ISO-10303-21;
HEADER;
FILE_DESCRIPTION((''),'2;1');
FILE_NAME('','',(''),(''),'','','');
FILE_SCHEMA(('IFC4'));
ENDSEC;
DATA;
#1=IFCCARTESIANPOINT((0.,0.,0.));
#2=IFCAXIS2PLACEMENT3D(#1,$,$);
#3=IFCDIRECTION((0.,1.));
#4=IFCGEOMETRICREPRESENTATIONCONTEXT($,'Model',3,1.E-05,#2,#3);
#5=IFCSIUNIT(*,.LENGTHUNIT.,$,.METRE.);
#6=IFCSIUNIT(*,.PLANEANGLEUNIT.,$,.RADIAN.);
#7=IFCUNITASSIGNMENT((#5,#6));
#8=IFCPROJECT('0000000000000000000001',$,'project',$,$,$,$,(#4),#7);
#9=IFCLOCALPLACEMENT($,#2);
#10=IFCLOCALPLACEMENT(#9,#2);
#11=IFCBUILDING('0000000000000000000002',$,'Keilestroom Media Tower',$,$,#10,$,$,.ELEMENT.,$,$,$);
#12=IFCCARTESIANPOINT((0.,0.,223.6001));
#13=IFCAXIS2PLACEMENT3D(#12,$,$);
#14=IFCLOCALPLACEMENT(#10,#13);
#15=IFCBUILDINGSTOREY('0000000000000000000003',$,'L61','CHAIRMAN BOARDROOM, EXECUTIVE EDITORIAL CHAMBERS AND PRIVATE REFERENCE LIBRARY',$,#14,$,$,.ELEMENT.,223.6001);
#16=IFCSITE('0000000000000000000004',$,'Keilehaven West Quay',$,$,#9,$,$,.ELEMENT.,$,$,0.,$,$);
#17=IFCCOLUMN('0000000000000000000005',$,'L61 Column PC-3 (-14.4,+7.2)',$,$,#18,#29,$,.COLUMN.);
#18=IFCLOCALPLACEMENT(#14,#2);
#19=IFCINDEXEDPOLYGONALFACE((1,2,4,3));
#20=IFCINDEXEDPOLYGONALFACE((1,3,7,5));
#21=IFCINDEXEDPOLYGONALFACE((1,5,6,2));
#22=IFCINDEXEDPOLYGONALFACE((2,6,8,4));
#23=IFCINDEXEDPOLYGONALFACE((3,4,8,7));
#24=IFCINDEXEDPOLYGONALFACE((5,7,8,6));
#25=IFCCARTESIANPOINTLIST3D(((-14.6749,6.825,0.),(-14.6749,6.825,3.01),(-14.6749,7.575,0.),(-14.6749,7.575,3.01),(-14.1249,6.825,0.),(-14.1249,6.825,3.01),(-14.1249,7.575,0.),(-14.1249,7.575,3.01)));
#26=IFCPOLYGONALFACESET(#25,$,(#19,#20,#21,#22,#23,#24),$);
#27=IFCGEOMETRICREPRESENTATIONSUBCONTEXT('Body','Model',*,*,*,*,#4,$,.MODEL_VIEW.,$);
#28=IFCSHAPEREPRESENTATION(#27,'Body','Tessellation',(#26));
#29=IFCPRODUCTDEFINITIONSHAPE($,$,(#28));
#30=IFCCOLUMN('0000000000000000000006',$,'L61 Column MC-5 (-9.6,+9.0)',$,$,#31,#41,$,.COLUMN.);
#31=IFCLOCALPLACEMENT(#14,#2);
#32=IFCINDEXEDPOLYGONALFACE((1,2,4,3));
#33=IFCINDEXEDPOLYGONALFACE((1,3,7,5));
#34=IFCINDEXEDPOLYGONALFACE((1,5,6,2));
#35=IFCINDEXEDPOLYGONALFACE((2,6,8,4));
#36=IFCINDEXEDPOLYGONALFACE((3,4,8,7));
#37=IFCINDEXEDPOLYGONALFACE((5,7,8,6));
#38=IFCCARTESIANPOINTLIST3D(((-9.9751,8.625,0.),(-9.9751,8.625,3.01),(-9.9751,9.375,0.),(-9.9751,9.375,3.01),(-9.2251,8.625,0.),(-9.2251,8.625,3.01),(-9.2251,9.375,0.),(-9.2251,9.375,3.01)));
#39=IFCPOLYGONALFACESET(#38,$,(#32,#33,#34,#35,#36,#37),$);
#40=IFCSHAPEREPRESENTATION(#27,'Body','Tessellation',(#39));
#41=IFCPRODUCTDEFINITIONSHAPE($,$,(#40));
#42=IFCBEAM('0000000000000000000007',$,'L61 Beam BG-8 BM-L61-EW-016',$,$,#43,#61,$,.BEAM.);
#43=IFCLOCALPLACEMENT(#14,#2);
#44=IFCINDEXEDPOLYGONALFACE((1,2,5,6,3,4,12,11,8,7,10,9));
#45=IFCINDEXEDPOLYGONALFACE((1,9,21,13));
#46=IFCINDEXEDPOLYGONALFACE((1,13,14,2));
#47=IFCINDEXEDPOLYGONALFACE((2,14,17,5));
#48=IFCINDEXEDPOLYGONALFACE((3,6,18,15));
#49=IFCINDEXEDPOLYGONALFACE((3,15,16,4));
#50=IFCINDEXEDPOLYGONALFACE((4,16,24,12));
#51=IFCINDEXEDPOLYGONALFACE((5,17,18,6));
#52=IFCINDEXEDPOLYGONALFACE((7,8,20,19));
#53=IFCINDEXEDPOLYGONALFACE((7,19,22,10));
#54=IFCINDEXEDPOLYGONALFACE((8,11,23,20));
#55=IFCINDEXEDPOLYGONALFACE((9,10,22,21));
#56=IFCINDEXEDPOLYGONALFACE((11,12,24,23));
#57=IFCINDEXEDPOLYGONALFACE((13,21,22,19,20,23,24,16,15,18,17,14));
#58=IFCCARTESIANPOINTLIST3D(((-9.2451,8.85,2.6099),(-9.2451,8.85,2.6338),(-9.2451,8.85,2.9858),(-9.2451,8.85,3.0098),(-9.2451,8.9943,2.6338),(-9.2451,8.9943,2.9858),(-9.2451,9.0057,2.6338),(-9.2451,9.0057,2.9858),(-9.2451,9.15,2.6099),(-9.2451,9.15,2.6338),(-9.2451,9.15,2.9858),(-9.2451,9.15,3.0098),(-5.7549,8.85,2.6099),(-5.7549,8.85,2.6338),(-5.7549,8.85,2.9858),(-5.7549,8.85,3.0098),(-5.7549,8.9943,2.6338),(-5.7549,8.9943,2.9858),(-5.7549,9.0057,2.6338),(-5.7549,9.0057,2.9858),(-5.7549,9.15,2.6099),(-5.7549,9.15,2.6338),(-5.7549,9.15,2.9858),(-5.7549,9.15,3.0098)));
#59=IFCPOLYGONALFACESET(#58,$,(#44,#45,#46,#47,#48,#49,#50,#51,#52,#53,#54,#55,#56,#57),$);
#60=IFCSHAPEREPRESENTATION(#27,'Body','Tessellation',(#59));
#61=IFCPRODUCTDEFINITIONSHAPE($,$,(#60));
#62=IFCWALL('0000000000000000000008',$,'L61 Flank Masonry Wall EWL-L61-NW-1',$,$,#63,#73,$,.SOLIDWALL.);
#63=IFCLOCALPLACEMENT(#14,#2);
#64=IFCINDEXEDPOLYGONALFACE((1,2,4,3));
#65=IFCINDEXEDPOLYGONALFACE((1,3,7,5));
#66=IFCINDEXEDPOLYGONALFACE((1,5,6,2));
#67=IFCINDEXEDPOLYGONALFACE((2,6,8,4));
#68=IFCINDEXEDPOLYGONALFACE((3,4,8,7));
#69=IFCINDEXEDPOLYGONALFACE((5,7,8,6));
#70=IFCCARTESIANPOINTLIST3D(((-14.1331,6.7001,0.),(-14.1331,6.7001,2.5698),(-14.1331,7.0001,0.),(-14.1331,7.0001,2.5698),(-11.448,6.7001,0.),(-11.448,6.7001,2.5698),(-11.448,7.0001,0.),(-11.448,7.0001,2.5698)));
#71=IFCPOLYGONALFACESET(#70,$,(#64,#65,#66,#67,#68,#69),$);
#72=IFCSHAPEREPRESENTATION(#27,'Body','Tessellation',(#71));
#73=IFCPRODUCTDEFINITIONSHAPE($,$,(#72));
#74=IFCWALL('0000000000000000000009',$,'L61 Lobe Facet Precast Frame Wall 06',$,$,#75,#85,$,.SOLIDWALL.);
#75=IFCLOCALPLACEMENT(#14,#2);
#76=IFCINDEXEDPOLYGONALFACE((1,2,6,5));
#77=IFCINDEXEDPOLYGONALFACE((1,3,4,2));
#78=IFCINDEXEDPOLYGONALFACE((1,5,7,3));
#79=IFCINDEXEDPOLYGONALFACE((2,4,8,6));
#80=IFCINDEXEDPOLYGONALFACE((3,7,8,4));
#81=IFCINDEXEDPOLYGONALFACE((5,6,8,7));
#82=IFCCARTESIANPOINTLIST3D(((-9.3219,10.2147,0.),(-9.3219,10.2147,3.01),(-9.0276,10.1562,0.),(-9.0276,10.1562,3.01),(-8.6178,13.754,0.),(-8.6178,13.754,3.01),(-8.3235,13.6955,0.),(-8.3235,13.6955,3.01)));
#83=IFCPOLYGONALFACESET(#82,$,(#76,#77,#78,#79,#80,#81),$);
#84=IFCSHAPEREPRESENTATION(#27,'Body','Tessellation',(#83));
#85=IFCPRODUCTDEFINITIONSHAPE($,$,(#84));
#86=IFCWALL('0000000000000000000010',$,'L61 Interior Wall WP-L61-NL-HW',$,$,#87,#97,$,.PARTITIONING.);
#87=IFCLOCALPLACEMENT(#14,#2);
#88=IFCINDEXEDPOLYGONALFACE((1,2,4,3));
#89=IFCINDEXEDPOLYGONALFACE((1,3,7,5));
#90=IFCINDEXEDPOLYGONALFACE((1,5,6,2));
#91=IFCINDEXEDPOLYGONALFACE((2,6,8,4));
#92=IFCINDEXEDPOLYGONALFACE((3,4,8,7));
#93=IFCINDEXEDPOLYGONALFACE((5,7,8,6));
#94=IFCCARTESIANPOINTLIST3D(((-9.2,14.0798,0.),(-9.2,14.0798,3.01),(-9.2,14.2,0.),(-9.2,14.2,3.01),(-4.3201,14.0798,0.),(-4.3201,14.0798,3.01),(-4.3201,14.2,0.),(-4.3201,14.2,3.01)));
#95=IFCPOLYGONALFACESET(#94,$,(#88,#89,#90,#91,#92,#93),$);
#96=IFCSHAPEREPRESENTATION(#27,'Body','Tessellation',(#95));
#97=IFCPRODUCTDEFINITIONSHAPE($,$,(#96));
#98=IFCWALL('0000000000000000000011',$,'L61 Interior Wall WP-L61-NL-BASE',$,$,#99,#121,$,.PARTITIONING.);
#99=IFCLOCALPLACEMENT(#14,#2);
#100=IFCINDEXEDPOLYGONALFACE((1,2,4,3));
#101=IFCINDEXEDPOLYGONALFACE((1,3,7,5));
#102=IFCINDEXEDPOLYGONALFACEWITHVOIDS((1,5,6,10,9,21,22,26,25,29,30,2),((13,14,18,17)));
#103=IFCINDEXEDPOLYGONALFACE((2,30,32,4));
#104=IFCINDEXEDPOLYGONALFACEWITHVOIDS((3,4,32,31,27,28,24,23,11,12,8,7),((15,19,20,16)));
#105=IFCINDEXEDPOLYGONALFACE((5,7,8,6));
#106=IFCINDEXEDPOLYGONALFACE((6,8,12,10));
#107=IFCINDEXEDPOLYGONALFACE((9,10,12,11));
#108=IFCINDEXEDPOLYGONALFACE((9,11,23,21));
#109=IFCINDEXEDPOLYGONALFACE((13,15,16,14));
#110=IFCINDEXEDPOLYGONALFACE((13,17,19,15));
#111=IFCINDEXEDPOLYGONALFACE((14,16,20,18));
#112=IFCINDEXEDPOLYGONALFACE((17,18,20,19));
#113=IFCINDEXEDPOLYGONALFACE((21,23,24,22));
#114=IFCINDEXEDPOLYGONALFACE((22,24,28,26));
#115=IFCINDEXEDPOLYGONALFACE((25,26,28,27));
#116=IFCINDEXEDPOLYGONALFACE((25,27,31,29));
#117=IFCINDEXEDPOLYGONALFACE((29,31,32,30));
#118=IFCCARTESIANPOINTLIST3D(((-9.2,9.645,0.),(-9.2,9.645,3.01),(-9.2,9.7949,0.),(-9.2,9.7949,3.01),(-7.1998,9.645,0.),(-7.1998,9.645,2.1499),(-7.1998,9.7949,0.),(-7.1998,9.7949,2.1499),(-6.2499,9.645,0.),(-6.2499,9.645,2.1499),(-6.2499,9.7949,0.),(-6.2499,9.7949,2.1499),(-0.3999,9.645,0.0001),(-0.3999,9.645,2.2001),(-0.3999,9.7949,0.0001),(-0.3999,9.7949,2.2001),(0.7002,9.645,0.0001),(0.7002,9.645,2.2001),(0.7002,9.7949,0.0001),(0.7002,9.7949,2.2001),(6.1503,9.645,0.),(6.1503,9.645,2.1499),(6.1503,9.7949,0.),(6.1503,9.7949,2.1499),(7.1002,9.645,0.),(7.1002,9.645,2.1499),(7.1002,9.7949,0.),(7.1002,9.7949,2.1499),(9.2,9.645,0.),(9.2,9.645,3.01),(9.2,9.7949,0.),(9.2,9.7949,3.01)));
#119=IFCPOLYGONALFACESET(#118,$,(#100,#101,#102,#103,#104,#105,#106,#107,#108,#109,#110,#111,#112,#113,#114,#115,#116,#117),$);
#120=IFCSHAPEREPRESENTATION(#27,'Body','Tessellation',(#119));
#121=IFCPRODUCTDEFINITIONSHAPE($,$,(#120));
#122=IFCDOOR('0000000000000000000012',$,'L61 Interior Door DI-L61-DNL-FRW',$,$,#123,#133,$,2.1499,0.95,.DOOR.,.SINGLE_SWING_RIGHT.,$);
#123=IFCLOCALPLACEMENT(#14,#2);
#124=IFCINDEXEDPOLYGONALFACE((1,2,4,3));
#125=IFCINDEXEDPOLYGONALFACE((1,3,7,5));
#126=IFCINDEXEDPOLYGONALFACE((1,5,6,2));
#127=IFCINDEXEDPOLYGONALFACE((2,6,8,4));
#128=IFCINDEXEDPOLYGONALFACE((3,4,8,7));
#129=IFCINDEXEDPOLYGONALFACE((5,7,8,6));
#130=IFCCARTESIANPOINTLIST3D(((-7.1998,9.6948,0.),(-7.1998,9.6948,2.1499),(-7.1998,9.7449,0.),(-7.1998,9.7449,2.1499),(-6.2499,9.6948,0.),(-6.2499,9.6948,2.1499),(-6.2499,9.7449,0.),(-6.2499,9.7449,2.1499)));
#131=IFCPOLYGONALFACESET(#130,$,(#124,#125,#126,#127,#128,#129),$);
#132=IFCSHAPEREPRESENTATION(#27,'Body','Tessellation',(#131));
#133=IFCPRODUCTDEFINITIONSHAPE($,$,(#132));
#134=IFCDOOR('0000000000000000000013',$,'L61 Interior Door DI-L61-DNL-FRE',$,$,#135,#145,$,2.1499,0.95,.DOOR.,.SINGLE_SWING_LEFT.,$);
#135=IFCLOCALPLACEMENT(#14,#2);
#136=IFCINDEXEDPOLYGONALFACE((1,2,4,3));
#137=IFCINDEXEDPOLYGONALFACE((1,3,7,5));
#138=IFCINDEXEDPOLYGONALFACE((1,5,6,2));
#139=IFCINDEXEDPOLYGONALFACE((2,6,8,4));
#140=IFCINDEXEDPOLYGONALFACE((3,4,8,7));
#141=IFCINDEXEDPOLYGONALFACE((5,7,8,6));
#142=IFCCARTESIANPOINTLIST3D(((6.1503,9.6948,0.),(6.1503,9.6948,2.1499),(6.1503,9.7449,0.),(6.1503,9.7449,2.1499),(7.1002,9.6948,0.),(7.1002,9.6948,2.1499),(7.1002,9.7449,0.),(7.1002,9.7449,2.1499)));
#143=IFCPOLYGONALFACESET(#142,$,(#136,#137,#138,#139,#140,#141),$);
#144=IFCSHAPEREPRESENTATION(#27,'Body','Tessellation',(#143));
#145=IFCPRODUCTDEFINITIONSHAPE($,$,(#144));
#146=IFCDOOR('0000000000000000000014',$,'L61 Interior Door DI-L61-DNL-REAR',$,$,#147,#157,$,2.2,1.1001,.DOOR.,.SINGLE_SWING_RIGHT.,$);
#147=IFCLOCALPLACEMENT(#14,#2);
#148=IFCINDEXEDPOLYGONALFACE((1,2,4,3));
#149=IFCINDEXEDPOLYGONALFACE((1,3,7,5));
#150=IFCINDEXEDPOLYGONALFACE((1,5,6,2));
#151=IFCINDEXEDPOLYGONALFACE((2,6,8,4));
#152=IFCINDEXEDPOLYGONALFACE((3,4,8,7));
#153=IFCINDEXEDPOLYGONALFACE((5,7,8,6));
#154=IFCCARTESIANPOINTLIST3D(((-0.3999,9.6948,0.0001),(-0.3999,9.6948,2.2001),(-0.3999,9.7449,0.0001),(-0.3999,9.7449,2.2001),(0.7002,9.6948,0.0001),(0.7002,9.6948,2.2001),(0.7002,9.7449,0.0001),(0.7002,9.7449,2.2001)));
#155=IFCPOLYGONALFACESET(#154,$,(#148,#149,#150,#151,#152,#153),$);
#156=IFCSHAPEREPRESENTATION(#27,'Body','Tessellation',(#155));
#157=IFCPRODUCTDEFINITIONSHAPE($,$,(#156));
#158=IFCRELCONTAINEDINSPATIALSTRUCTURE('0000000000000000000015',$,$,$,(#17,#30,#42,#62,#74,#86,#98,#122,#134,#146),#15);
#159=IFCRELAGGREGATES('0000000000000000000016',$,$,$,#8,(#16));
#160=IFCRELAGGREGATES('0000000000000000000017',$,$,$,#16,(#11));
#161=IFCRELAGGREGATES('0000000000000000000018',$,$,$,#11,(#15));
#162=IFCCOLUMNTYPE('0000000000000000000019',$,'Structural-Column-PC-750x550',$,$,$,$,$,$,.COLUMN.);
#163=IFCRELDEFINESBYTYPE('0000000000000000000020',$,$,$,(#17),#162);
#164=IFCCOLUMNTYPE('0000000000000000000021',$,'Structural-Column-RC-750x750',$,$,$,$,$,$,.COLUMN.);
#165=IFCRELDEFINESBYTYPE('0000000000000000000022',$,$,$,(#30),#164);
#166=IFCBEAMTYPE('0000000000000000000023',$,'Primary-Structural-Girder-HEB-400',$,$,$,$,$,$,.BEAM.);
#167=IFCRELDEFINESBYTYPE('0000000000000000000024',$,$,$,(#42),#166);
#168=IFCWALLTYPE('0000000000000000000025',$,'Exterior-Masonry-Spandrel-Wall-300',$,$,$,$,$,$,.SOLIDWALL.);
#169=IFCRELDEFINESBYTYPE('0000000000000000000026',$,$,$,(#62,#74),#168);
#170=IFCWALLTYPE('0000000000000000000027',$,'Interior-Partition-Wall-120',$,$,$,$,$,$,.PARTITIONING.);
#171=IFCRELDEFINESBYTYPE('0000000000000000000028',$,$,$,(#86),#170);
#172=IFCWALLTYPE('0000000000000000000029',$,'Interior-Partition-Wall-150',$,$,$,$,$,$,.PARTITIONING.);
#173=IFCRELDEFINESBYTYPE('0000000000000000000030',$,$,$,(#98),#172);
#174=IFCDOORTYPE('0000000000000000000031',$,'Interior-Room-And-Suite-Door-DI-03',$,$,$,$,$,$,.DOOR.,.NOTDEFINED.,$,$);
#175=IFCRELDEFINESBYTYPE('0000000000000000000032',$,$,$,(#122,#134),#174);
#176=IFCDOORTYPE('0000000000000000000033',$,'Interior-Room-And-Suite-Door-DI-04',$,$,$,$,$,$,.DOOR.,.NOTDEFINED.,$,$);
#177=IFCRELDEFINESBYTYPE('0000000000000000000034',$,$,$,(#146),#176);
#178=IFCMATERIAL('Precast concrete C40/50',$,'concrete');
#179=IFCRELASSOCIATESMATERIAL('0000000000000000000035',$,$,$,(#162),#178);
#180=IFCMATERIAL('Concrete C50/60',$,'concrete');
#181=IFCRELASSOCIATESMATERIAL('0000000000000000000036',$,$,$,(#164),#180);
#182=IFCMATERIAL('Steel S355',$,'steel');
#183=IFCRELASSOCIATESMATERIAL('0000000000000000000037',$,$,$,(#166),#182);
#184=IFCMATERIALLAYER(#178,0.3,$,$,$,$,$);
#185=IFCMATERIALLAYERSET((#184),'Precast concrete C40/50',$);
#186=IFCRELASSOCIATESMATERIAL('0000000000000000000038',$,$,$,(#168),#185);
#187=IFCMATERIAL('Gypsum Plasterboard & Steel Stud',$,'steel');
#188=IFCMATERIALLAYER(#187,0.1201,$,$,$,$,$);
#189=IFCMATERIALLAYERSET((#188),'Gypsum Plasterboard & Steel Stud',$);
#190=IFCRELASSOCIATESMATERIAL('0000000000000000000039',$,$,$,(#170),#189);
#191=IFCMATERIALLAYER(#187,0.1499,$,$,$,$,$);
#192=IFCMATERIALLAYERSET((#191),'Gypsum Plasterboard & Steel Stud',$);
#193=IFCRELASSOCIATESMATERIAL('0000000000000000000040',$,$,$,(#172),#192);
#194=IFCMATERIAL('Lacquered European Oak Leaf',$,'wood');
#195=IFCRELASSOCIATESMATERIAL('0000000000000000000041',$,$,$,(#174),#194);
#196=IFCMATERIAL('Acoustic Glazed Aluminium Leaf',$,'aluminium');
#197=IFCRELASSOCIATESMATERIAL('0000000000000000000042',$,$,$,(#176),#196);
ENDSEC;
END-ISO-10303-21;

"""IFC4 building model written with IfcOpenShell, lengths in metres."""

from ifc_helpers import new_model, si_unit, direction, frame, frame_2d, origin, origin_2d, place, context, subcontext, project, spatial, rectangle, i_section, extrude, source, transform, mapped, material, layer, layer_set, material_profile, profile_set, type_object, element, fill, save


model = new_model("IFC4")

# Units and contexts
model_context = context("Model", 3, precision=1e-05, world=origin(), true_north=direction((0.0, 1.0)))
body_context = subcontext(model_context, "Body", "Model", "MODEL_VIEW")
ifc_project = project(units=[si_unit("LENGTHUNIT", "METRE"), si_unit("PLANEANGLEUNIT", "RADIAN")], contexts=[model_context])

# Site, building, storey
site_placement = place(None, origin())
site = spatial("IfcSite", under=ifc_project, at=site_placement, Name="Keilehaven West Quay", CompositionType="ELEMENT", RefElevation=0.0)
building_placement = place(site_placement, origin())
building = spatial("IfcBuilding", under=site, at=building_placement, Name="Keilestroom Media Tower", CompositionType="ELEMENT")
storey_placement = place(building_placement, frame((0.0, 0.0, 223.6001)))
storey = spatial("IfcBuildingStorey", under=building, at=storey_placement, Name="L61", Description="CHAIRMAN BOARDROOM, EXECUTIVE EDITORIAL CHAMBERS AND PRIVATE REFERENCE LIBRARY", CompositionType="ELEMENT", Elevation=223.6001)

# Columns
ifc_material_1 = material(Name="Precast concrete C40/50", Category="concrete")
ifc_material_profile_1 = material_profile(ifc_material_1, rectangle(XDim=0.55, YDim=0.75, at=origin_2d()), Name="PC 750x550")
ifc_profile_set_1 = profile_set([ifc_material_profile_1], Name="Precast concrete C40/50")
column_type_1 = type_object("IfcColumnType", Name="Structural-Column-PC-750x550", PredefinedType="COLUMN", material=ifc_profile_set_1)
shared_shape_1 = source(origin(), body_context, "Body", "SweptSolid", [
    extrude(rectangle(XDim=0.55, YDim=0.75, at=origin_2d()), origin(), (0.0, 0.0, 1.0), 3.01),
])
column_1_placement = place(storey_placement, frame((-14.3999, 7.2, 0.0), z_axis=(0.0, 0.0, 1.0), x_axis=(1.0, 0.0, 0.0)))
element("IfcColumn", 1, at=column_1_placement, inside=storey, type_object=column_type_1, Name="L61 Column PC-3 (-14.4,+7.2)", PredefinedType="COLUMN", context=body_context, shape_type="MappedRepresentation", body=[
    mapped(shared_shape_1, transform((0.0, 0.0, 0.0), x_axis=(1.0, 0.0, 0.0), y_axis=(0.0, 1.0, 0.0), z_axis=(0.0, 0.0, 1.0), scale=1.0)),
])
ifc_material_2 = material(Name="Concrete C50/60", Category="concrete")
ifc_material_profile_2 = material_profile(ifc_material_2, rectangle(XDim=0.75, YDim=0.75, at=origin_2d()), Name="RC 750x750")
ifc_profile_set_2 = profile_set([ifc_material_profile_2], Name="Concrete C50/60")
column_type_2 = type_object("IfcColumnType", Name="Structural-Column-RC-750x750", PredefinedType="COLUMN", material=ifc_profile_set_2)
shared_shape_2 = source(origin(), body_context, "Body", "SweptSolid", [
    extrude(rectangle(XDim=0.75, YDim=0.75, at=origin_2d()), origin(), (0.0, 0.0, 1.0), 3.01),
])
column_2_placement = place(storey_placement, frame((-9.6001, 9.0, 0.0), z_axis=(0.0, 0.0, 1.0), x_axis=(1.0, 0.0, 0.0)))
element("IfcColumn", 2, at=column_2_placement, inside=storey, type_object=column_type_2, Name="L61 Column MC-5 (-9.6,+9.0)", PredefinedType="COLUMN", context=body_context, shape_type="MappedRepresentation", body=[
    mapped(shared_shape_2, transform((0.0, 0.0, 0.0), x_axis=(1.0, 0.0, 0.0), y_axis=(0.0, 1.0, 0.0), z_axis=(0.0, 0.0, 1.0), scale=1.0)),
])

# Beam
ifc_material_3 = material(Name="Steel S355", Category="steel")
ifc_material_profile_3 = material_profile(ifc_material_3, i_section(OverallWidth=0.3, OverallDepth=0.3999, WebThickness=0.0115, FlangeThickness=0.0239, at=origin_2d()), Name="HEB 400")
ifc_profile_set_3 = profile_set([ifc_material_profile_3], Name="Steel S355")
beam_type = type_object("IfcBeamType", Name="Primary-Structural-Girder-HEB-400", PredefinedType="BEAM", material=ifc_profile_set_3)
shared_shape_3 = source(origin(), body_context, "Body", "SweptSolid", [
    extrude(i_section(OverallWidth=0.3, OverallDepth=0.3999, WebThickness=0.0115, FlangeThickness=0.0239, at=origin_2d()), origin(), (0.0, 0.0, 1.0), 3.4902),
])
beam_placement = place(storey_placement, frame((-9.2451, 9.0, 2.8098), z_axis=(1.0, 0.0, 0.0), x_axis=(0.0, 1.0, 0.0)))
element("IfcBeam", 3, at=beam_placement, inside=storey, type_object=beam_type, Name="L61 Beam BG-8 BM-L61-EW-016", PredefinedType="BEAM", context=body_context, shape_type="MappedRepresentation", body=[
    mapped(shared_shape_3, transform((0.0, 0.0, 0.0), x_axis=(1.0, 0.0, 0.0), y_axis=(0.0, 1.0, 0.0), z_axis=(0.0, 0.0, 1.0), scale=1.0)),
])

# Walls
ifc_layer_1 = layer(ifc_material_1, 0.3)
ifc_layer_set_1 = layer_set([ifc_layer_1], Name="Precast concrete C40/50")
wall_type_1 = type_object("IfcWallType", Name="Exterior-Masonry-Spandrel-Wall-300", PredefinedType="SOLIDWALL", material=ifc_layer_set_1)
wall_1_placement = place(storey_placement, frame((-14.1331, 6.8501, 0.0), z_axis=(0.0, 0.0, 1.0), x_axis=(1.0, 0.0, 0.0)))
element("IfcWall", 4, at=wall_1_placement, inside=storey, type_object=wall_type_1, Name="L61 Flank Masonry Wall EWL-L61-NW-1", PredefinedType="SOLIDWALL", context=body_context, shape_type="SweptSolid", body=[
    extrude(rectangle(XDim=2.6851, YDim=0.3, at=frame_2d((1.3425, 0.0))), origin(), (0.0, 0.0, 1.0), 2.5698),
])
wall_2_placement = place(storey_placement, frame((-8.4707, 13.7246, 0.0), z_axis=(0.0, 0.0, 1.0), x_axis=(-0.195114, -0.980781, 0.0)))
element("IfcWall", 5, at=wall_2_placement, inside=storey, type_object=wall_type_1, Name="L61 Lobe Facet Precast Frame Wall 06", PredefinedType="SOLIDWALL", context=body_context, shape_type="SweptSolid", body=[
    extrude(rectangle(XDim=3.6086, YDim=0.3, at=frame_2d((1.8042, 0.0))), origin(), (0.0, 0.0, 1.0), 3.01),
])
ifc_material_4 = material(Name="Gypsum Plasterboard & Steel Stud", Category="steel")
ifc_layer_2 = layer(ifc_material_4, 0.1201)
ifc_layer_set_2 = layer_set([ifc_layer_2], Name="Gypsum Plasterboard & Steel Stud")
wall_type_2 = type_object("IfcWallType", Name="Interior-Partition-Wall-120", PredefinedType="PARTITIONING", material=ifc_layer_set_2)
wall_3_placement = place(storey_placement, frame((-9.2, 14.1399, 0.0), z_axis=(0.0, 0.0, 1.0), x_axis=(1.0, 0.0, 0.0)))
element("IfcWall", 6, at=wall_3_placement, inside=storey, type_object=wall_type_2, Name="L61 Interior Wall WP-L61-NL-HW", PredefinedType="PARTITIONING", context=body_context, shape_type="SweptSolid", body=[
    extrude(rectangle(XDim=4.8799, YDim=0.1201, at=frame_2d((2.4399, 0.0))), origin(), (0.0, 0.0, 1.0), 3.01),
])

# Wall, openings, doors
ifc_layer_3 = layer(ifc_material_4, 0.1499)
ifc_layer_set_3 = layer_set([ifc_layer_3], Name="Gypsum Plasterboard & Steel Stud")
wall_type_3 = type_object("IfcWallType", Name="Interior-Partition-Wall-150", PredefinedType="PARTITIONING", material=ifc_layer_set_3)
wall_4_placement = place(storey_placement, frame((-9.2, 9.72, 0.0), z_axis=(0.0, 0.0, 1.0), x_axis=(1.0, 0.0, 0.0)))
wall_4 = element("IfcWall", 7, at=wall_4_placement, inside=storey, type_object=wall_type_3, Name="L61 Interior Wall WP-L61-NL-BASE", PredefinedType="PARTITIONING", context=body_context, shape_type="SweptSolid", body=[
    extrude(rectangle(XDim=18.3999, YDim=0.1499, at=frame_2d((9.2, 0.0))), origin(), (0.0, 0.0, 1.0), 3.01),
])
opening_1_placement = place(wall_4_placement, frame((2.0, 0.0, 0.0)))
opening_1 = element("IfcOpeningElement", 8, at=opening_1_placement, cuts=wall_4, PredefinedType="OPENING", context=body_context, shape_type="SweptSolid", body=[
    extrude(rectangle(XDim=0.95, YDim=2.1499, at=frame_2d((0.4751, 1.075))), frame((0.0, 0.085, 0.0), z_axis=(0.0, -1.0, 0.0), x_axis=(1.0, 0.0, 0.0)), (0.0, 0.0, 1.0), 0.1699),
])
opening_2_placement = place(wall_4_placement, frame((15.3501, 0.0, 0.0)))
opening_2 = element("IfcOpeningElement", 9, at=opening_2_placement, cuts=wall_4, PredefinedType="OPENING", context=body_context, shape_type="SweptSolid", body=[
    extrude(rectangle(XDim=0.95, YDim=2.1499, at=frame_2d((0.4751, 1.075))), frame((0.0, 0.085, 0.0), z_axis=(0.0, -1.0, 0.0), x_axis=(1.0, 0.0, 0.0)), (0.0, 0.0, 1.0), 0.1699),
])
opening_3_placement = place(wall_4_placement, frame((8.8, 0.0, 0.0)))
opening_3 = element("IfcOpeningElement", 10, at=opening_3_placement, cuts=wall_4, PredefinedType="OPENING", context=body_context, shape_type="SweptSolid", body=[
    extrude(rectangle(XDim=1.1001, YDim=2.2, at=frame_2d((0.55, 1.1001))), frame((0.0, 0.085, 0.0), z_axis=(0.0, -1.0, 0.0), x_axis=(1.0, 0.0, 0.0)), (0.0, 0.0, 1.0), 0.1699),
])
ifc_material_5 = material(Name="Lacquered European Oak Leaf", Category="wood")
door_type_1 = type_object("IfcDoorType", Name="Interior-Room-And-Suite-Door-DI-03", OperationType="NOTDEFINED", PredefinedType="DOOR", material=ifc_material_5)
shared_shape_4 = source(origin(), body_context, "Body", "SweptSolid", [
    extrude(rectangle(XDim=0.95, YDim=2.1499, at=frame_2d((0.4751, 1.075))), frame((0.0, 0.0249, 0.0), z_axis=(0.0, -1.0, 0.0), x_axis=(1.0, 0.0, 0.0)), (0.0, 0.0, 1.0), 0.05),
])
door_1_placement = place(opening_1_placement, origin())
door_1 = element("IfcDoor", 11, at=door_1_placement, inside=storey, type_object=door_type_1, Name="L61 Interior Door DI-L61-DNL-FRW", OperationType="SINGLE_SWING_RIGHT", OverallHeight=2.1499, OverallWidth=0.95, PredefinedType="DOOR", context=body_context, shape_type="MappedRepresentation", body=[
    mapped(shared_shape_4, transform((0.0, 0.0, 0.0), x_axis=(1.0, 0.0, 0.0), y_axis=(0.0, 1.0, 0.0), z_axis=(0.0, 0.0, 1.0), scale=1.0)),
])
fill(opening_1, door_1)
door_2_placement = place(opening_2_placement, origin())
door_2 = element("IfcDoor", 12, at=door_2_placement, inside=storey, type_object=door_type_1, Name="L61 Interior Door DI-L61-DNL-FRE", OperationType="SINGLE_SWING_LEFT", OverallHeight=2.1499, OverallWidth=0.95, PredefinedType="DOOR", context=body_context, shape_type="MappedRepresentation", body=[
    mapped(shared_shape_4, transform((0.0, 0.0, 0.0), x_axis=(1.0, 0.0, 0.0), y_axis=(0.0, 1.0, 0.0), z_axis=(0.0, 0.0, 1.0), scale=1.0)),
])
fill(opening_2, door_2)
ifc_material_6 = material(Name="Acoustic Glazed Aluminium Leaf", Category="aluminium")
door_type_2 = type_object("IfcDoorType", Name="Interior-Room-And-Suite-Door-DI-04", OperationType="NOTDEFINED", PredefinedType="DOOR", material=ifc_material_6)
shared_shape_5 = source(origin(), body_context, "Body", "SweptSolid", [
    extrude(rectangle(XDim=1.1001, YDim=2.2, at=frame_2d((0.55, 1.1001))), frame((0.0, 0.0249, 0.0), z_axis=(0.0, -1.0, 0.0), x_axis=(1.0, 0.0, 0.0)), (0.0, 0.0, 1.0), 0.05),
])
door_3_placement = place(opening_3_placement, origin())
door_3 = element("IfcDoor", 13, at=door_3_placement, inside=storey, type_object=door_type_2, Name="L61 Interior Door DI-L61-DNL-REAR", OperationType="SINGLE_SWING_RIGHT", OverallHeight=2.2, OverallWidth=1.1001, PredefinedType="DOOR", context=body_context, shape_type="MappedRepresentation", body=[
    mapped(shared_shape_5, transform((0.0, 0.0, 0.0), x_axis=(1.0, 0.0, 0.0), y_axis=(0.0, 1.0, 0.0), z_axis=(0.0, 0.0, 1.0), scale=1.0)),
])
fill(opening_3, door_3)

save(model, "model.ifc")
